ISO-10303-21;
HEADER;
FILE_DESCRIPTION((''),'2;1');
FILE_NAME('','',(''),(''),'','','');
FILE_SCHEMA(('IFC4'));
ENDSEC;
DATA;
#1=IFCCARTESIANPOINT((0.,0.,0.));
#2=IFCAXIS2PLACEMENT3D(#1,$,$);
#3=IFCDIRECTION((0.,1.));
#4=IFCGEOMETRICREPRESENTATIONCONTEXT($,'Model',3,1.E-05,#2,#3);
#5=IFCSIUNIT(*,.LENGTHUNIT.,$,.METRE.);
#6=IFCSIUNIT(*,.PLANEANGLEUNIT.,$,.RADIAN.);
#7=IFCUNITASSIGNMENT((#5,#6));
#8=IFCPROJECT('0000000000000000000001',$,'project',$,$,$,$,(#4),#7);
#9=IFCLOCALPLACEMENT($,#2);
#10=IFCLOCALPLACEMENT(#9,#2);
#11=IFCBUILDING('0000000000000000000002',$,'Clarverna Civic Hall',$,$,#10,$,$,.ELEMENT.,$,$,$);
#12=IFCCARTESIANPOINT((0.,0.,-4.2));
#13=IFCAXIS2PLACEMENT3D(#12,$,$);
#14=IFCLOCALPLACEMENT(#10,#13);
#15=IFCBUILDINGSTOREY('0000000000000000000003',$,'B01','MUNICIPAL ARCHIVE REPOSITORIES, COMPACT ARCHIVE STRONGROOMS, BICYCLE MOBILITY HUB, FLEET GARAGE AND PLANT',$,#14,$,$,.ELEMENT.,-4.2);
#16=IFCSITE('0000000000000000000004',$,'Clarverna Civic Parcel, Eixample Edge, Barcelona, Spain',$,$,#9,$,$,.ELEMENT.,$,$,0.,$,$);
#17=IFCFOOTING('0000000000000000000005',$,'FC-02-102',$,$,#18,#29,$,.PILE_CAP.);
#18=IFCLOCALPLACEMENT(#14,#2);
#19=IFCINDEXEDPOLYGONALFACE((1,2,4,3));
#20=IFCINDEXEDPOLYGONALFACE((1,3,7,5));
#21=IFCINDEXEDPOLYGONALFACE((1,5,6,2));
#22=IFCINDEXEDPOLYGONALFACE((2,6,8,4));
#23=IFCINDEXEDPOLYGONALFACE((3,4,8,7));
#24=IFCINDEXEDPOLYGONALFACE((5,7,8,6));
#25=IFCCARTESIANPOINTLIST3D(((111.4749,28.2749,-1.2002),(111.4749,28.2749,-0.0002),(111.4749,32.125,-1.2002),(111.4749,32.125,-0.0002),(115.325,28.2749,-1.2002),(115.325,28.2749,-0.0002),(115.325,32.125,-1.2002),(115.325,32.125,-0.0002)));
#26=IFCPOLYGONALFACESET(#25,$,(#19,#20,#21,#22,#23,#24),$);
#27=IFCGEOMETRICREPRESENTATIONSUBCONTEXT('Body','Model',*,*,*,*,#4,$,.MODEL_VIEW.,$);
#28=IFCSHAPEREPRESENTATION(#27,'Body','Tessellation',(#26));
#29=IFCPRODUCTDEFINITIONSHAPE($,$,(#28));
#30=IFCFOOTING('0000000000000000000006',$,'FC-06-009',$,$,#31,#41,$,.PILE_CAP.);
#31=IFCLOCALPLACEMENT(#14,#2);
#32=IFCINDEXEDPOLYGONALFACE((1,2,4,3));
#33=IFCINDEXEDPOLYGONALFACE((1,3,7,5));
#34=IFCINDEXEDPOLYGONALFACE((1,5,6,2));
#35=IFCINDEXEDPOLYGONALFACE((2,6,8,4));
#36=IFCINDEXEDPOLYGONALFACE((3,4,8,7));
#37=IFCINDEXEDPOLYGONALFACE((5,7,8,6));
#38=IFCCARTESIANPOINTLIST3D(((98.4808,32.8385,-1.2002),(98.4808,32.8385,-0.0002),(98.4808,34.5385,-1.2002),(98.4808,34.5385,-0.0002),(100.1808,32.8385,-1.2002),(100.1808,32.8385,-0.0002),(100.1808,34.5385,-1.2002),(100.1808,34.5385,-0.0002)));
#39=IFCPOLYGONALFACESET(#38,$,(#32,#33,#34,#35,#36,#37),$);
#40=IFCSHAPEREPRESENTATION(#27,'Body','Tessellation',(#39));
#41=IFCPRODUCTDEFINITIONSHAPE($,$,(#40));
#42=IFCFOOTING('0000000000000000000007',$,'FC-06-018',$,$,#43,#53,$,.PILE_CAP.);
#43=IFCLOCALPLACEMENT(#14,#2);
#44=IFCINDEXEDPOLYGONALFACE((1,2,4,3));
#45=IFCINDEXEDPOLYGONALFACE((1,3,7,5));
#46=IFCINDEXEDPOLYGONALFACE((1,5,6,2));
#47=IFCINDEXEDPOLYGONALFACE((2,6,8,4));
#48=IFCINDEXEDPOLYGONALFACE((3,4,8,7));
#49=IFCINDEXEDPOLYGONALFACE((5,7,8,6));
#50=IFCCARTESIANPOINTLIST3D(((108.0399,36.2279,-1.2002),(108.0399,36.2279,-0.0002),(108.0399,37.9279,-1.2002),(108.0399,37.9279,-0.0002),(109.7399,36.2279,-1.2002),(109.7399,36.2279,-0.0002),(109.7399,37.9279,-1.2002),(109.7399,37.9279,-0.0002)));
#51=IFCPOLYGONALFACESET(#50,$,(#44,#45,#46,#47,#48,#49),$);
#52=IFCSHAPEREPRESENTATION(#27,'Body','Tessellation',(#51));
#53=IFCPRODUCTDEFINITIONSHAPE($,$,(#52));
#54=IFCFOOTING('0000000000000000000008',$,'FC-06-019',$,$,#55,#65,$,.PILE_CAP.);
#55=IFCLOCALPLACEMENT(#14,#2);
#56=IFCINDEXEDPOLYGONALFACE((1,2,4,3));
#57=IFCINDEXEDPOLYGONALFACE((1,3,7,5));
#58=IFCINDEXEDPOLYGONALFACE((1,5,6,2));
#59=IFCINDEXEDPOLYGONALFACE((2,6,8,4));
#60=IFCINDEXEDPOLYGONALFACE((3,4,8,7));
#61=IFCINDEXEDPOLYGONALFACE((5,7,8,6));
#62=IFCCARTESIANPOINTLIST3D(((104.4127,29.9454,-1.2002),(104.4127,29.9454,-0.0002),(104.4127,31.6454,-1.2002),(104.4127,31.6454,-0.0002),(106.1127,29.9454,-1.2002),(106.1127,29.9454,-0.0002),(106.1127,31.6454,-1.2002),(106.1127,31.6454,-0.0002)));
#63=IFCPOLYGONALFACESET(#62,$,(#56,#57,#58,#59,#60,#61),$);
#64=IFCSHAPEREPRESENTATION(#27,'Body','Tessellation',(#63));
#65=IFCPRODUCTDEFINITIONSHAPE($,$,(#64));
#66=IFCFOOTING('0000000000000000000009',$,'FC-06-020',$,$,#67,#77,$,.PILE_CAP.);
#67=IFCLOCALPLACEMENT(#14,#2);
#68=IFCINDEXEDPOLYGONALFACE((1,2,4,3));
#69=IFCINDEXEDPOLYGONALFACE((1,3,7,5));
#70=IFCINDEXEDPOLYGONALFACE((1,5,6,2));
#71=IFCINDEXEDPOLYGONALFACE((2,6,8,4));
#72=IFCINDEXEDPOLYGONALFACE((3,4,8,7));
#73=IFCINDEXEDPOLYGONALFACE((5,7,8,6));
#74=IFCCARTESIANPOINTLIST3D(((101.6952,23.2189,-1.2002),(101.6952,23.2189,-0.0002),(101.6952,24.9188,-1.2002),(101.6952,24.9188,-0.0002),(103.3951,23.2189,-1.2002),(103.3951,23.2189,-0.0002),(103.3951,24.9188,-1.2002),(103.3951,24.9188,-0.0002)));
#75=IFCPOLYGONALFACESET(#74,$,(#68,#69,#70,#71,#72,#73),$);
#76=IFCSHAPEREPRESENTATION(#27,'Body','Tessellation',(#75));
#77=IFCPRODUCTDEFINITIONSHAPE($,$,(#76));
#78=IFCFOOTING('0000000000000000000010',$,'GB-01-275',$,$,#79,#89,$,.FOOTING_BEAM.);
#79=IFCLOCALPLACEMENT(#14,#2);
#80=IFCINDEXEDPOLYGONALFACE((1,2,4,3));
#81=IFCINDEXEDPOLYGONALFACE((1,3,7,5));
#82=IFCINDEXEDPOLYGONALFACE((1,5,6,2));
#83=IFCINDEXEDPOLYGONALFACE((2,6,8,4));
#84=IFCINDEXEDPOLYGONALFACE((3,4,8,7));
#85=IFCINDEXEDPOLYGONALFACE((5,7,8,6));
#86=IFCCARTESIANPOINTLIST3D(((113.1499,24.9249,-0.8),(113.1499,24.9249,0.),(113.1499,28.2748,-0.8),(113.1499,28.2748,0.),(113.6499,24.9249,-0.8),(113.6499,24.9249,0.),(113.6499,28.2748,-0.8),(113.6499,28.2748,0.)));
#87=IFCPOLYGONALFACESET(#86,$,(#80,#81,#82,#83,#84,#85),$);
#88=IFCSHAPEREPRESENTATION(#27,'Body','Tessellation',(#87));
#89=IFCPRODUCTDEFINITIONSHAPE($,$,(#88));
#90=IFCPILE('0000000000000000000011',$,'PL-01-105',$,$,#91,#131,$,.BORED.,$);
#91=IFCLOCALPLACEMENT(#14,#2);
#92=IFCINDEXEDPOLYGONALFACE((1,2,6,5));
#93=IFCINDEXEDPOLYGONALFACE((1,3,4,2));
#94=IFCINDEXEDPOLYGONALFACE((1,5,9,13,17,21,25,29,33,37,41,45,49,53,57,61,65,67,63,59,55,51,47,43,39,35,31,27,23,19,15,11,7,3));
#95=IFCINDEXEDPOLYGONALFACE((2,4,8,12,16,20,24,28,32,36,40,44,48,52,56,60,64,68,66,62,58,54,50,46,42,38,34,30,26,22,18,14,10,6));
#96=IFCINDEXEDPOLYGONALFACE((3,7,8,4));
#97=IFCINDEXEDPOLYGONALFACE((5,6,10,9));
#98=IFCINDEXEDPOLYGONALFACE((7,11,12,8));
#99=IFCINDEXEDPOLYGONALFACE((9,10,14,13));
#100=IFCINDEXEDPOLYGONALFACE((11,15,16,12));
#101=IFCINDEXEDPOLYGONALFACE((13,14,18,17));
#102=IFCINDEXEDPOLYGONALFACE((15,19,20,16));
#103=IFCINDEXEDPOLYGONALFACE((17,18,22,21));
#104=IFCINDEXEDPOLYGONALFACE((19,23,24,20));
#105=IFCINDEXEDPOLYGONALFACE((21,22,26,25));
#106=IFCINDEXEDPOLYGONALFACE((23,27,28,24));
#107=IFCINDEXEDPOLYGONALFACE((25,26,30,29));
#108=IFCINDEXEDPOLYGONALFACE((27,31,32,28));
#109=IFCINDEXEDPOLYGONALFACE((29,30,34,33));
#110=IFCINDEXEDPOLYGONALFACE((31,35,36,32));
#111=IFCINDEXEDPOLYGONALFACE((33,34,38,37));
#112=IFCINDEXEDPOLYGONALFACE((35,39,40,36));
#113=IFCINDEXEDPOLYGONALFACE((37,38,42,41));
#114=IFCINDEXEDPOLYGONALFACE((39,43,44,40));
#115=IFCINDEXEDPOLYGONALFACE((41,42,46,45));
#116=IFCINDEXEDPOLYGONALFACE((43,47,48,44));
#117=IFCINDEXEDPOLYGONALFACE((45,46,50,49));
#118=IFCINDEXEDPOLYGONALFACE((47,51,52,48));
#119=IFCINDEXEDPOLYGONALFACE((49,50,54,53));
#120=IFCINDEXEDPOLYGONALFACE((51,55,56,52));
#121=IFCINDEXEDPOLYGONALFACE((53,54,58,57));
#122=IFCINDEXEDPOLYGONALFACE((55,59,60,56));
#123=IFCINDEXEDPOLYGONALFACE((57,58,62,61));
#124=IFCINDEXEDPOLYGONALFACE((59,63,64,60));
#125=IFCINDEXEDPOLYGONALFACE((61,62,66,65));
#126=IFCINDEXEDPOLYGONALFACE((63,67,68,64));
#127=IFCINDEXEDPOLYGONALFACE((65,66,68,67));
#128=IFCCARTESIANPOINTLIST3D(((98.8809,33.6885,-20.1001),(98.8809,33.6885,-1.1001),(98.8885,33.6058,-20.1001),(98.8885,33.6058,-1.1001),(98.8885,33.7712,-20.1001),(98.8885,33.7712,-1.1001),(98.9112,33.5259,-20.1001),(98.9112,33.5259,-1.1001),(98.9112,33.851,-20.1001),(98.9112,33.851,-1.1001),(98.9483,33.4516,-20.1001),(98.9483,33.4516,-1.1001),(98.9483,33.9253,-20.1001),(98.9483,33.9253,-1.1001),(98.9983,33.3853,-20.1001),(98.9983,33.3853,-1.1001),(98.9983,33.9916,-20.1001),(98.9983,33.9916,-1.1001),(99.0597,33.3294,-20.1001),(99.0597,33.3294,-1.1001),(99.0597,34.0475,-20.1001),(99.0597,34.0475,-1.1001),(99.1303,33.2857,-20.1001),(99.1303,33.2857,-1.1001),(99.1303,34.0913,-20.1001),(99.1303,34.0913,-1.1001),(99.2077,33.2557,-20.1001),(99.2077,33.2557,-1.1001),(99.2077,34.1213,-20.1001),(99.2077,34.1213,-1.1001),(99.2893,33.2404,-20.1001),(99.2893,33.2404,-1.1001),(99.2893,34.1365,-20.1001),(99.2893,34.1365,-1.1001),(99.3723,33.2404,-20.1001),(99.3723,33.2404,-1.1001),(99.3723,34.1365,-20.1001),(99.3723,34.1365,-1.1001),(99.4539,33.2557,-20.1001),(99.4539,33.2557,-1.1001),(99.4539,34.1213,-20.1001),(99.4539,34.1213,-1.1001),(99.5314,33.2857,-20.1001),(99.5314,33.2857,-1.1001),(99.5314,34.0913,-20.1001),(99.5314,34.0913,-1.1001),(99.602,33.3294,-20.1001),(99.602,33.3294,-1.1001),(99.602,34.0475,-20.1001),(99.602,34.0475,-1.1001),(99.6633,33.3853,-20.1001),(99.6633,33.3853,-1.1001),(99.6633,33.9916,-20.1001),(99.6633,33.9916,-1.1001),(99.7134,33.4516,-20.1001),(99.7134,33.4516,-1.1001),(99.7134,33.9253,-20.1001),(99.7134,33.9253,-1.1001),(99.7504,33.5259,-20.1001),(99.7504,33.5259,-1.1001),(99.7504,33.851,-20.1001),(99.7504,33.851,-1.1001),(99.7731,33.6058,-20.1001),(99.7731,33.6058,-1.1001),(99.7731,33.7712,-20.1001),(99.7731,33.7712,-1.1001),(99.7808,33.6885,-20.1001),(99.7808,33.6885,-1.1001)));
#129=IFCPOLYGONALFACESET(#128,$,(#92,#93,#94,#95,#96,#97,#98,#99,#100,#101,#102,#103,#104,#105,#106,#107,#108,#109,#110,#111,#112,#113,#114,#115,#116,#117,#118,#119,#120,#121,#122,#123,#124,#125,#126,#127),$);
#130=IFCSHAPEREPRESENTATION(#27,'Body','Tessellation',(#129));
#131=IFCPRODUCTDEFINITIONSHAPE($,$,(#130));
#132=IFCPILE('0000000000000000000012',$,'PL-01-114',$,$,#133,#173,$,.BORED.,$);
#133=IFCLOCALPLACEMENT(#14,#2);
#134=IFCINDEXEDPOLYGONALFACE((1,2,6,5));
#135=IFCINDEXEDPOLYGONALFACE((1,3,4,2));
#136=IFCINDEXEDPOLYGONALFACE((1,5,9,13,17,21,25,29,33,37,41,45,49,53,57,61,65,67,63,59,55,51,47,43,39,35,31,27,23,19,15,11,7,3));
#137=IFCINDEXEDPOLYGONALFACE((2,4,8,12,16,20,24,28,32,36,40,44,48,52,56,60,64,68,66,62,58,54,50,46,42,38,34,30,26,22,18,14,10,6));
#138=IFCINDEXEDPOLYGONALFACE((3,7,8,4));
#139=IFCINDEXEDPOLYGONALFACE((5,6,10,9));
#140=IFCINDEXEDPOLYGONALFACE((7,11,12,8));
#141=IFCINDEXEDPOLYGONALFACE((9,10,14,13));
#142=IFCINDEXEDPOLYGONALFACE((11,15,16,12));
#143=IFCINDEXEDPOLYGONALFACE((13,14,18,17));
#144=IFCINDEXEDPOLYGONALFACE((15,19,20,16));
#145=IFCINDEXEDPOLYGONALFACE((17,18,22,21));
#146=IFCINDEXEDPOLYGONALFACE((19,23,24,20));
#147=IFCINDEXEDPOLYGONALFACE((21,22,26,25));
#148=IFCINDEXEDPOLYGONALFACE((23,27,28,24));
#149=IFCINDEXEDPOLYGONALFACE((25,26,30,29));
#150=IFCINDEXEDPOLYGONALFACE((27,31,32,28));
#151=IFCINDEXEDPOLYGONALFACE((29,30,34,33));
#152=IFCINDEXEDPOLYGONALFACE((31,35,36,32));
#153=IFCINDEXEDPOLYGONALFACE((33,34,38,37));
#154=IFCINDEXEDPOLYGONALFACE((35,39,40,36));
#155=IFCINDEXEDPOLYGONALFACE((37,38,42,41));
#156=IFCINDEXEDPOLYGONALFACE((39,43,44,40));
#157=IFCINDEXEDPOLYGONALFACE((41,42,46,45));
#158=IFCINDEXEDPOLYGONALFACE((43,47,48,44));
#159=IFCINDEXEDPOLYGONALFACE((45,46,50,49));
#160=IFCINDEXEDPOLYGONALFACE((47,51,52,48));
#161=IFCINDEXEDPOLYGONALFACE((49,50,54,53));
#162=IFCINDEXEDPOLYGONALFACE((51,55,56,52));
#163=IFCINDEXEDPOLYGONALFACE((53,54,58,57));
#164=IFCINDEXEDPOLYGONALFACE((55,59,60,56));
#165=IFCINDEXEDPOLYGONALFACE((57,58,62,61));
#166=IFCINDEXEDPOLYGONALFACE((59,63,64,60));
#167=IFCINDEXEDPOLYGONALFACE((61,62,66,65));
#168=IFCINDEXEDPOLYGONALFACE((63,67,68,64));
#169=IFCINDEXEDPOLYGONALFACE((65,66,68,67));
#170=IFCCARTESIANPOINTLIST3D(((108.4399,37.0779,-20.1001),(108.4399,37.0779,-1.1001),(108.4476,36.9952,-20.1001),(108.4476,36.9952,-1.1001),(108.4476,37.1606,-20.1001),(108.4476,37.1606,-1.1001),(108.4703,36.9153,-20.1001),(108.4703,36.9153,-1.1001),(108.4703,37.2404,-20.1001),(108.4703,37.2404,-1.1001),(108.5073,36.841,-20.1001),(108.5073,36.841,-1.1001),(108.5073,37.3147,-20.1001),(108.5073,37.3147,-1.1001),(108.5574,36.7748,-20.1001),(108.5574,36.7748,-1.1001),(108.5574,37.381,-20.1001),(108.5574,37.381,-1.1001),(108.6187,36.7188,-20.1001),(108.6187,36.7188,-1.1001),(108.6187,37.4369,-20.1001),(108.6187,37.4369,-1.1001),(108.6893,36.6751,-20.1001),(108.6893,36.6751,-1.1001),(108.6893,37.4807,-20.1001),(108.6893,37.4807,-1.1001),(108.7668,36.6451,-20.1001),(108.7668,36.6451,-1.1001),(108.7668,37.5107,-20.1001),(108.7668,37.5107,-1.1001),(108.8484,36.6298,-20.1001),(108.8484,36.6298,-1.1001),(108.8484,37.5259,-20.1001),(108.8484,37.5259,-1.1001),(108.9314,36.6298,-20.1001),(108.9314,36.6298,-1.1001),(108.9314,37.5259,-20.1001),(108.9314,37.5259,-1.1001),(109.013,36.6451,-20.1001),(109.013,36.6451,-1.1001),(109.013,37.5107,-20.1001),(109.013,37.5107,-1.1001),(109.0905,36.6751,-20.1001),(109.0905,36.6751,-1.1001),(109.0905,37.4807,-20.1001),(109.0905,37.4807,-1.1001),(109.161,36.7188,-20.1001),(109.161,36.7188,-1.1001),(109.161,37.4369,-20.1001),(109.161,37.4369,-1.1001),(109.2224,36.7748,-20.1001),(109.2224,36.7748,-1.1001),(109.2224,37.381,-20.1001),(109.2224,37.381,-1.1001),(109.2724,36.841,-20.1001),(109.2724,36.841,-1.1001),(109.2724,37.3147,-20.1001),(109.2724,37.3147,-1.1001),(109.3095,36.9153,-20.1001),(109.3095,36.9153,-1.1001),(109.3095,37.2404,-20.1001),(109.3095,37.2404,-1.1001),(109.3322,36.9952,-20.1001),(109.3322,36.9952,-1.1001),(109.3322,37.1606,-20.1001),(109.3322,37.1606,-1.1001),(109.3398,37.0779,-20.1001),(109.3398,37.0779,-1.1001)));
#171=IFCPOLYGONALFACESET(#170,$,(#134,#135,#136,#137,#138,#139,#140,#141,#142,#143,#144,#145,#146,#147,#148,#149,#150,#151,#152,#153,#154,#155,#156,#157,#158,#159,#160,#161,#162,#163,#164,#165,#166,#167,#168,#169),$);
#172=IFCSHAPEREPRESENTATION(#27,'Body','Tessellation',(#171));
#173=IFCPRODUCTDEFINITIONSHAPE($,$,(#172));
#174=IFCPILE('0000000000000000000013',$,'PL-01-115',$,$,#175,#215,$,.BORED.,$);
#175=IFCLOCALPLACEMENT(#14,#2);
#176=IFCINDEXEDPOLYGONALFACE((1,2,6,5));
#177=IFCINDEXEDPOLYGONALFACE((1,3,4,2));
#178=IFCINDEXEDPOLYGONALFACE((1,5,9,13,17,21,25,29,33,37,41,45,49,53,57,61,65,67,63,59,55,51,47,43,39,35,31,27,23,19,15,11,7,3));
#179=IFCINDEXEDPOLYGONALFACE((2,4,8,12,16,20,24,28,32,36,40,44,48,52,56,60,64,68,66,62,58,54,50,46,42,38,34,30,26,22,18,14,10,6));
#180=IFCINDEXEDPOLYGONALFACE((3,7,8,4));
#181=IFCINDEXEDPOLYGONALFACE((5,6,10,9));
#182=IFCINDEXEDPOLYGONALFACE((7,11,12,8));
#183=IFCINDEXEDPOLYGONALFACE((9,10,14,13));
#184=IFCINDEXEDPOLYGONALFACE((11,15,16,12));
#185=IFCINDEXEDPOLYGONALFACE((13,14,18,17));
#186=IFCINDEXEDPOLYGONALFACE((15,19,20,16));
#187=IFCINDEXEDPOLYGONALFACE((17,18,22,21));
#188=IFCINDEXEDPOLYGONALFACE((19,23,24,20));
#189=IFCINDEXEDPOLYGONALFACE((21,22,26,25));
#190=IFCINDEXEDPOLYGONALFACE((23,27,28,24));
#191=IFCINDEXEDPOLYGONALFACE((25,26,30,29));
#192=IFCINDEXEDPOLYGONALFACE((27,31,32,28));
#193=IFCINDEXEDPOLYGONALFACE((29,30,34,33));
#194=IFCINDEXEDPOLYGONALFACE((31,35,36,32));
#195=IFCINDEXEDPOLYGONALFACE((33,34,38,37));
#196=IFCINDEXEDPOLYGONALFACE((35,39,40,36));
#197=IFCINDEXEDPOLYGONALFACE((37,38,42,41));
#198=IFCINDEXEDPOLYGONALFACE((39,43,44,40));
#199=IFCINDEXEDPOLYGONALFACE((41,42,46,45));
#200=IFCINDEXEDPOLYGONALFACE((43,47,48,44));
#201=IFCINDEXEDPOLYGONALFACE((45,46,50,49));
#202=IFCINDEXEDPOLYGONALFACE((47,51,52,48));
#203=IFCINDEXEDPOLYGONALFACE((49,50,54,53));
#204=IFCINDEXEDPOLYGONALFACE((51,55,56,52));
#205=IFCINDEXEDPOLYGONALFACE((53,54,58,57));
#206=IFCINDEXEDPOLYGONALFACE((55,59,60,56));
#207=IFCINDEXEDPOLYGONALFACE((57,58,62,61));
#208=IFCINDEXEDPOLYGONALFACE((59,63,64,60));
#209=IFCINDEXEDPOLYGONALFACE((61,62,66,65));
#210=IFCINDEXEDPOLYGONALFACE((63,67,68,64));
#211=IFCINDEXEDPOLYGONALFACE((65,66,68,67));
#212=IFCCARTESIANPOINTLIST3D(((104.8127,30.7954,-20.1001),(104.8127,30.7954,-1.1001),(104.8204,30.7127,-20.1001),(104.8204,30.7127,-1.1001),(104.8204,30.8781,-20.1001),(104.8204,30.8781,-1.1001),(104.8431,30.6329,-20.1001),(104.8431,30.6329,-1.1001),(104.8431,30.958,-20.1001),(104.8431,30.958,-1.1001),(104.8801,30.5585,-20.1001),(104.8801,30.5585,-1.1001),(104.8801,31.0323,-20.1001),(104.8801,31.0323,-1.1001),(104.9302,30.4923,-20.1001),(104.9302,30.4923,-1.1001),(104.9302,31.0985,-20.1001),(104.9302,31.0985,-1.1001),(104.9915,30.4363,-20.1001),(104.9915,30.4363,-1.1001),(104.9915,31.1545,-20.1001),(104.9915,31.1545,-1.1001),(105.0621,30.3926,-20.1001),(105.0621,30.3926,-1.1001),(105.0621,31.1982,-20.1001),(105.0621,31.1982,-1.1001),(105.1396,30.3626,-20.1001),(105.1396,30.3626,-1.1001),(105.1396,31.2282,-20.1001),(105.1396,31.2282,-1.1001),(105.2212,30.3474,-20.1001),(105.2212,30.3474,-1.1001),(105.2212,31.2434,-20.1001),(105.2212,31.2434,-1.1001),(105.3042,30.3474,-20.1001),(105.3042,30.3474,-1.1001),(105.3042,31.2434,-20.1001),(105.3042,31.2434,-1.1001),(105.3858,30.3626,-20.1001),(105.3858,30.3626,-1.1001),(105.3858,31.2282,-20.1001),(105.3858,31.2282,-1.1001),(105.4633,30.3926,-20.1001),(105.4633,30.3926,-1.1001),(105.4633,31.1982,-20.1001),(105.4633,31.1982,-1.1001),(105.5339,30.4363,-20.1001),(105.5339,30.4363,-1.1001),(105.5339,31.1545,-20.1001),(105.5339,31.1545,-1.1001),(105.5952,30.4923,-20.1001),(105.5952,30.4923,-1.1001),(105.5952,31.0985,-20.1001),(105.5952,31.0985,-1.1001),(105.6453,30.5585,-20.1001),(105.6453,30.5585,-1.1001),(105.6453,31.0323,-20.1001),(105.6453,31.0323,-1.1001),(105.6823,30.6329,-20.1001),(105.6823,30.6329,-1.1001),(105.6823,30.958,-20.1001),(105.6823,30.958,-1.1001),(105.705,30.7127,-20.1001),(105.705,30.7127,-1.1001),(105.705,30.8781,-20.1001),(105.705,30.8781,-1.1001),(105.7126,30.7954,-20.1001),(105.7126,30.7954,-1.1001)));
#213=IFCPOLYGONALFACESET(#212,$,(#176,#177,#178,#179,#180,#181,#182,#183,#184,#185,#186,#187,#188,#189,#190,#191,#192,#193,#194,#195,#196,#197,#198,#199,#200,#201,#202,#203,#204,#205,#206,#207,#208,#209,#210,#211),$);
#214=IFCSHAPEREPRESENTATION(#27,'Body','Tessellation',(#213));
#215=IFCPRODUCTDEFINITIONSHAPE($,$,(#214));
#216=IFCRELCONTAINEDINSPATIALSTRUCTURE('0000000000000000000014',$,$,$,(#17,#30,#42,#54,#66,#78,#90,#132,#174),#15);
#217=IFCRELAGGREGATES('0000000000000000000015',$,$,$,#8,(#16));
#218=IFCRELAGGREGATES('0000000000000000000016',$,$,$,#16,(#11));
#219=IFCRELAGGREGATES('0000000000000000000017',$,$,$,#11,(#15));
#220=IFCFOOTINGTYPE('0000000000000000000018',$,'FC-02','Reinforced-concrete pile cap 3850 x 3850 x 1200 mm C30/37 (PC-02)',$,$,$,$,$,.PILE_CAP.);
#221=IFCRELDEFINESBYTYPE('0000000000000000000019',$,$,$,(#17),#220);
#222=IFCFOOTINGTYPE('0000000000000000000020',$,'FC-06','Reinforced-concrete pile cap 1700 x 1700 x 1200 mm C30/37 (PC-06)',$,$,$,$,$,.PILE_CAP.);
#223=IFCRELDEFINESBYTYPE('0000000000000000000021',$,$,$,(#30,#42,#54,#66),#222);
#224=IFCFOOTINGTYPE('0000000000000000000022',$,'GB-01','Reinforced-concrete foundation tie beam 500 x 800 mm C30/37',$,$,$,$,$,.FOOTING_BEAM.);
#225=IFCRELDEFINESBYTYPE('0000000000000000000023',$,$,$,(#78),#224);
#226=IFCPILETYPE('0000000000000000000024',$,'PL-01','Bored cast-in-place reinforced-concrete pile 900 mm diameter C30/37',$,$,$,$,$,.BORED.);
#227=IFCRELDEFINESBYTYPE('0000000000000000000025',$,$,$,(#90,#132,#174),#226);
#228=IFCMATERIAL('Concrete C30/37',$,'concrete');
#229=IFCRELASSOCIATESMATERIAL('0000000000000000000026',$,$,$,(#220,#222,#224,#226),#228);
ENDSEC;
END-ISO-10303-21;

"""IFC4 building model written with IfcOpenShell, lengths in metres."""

from ifc_helpers import new_model, si_unit, direction, frame, frame_2d, origin, origin_2d, place, context, subcontext, project, spatial, rectangle, circle, extrude, material, material_profile, profile_set, type_object, element, save


model = new_model("IFC4")

# Units and contexts
model_context = context("Model", 3, precision=1e-05, world=origin(), true_north=direction((0.0, 1.0)))
body_context = subcontext(model_context, "Body", "Model", "MODEL_VIEW")
ifc_project = project(units=[si_unit("LENGTHUNIT", "METRE"), si_unit("PLANEANGLEUNIT", "RADIAN")], contexts=[model_context])

# Site, building, storey
site_placement = place(None, origin())
site = spatial("IfcSite", under=ifc_project, at=site_placement, Name="Clarverna Civic Parcel, Eixample Edge, Barcelona, Spain", CompositionType="ELEMENT", RefElevation=0.0)
building_placement = place(site_placement, origin())
building = spatial("IfcBuilding", under=site, at=building_placement, Name="Clarverna Civic Hall", CompositionType="ELEMENT")
storey_placement = place(building_placement, frame((0.0, 0.0, -4.2)))
storey = spatial("IfcBuildingStorey", under=building, at=storey_placement, Name="B01", Description="MUNICIPAL ARCHIVE REPOSITORIES, COMPACT ARCHIVE STRONGROOMS, BICYCLE MOBILITY HUB, FLEET GARAGE AND PLANT", CompositionType="ELEMENT", Elevation=-4.2)

# Footings
ifc_material_1 = material(Name="Concrete C30/37", Category="concrete")
footing_type_1 = type_object("IfcFootingType", Name="FC-02", Description="Reinforced-concrete pile cap 3850 x 3850 x 1200 mm C30/37 (PC-02)", PredefinedType="PILE_CAP", material=ifc_material_1)
footing_1_placement = place(storey_placement, frame((113.3999, 30.2, -1.2002), z_axis=(0.0, 0.0, 1.0), x_axis=(1.0, 0.0, 0.0)))
element("IfcFooting", 1, at=footing_1_placement, inside=storey, type_object=footing_type_1, Name="FC-02-102", PredefinedType="PILE_CAP", context=body_context, shape_type="SweptSolid", body=[
    extrude(rectangle(XDim=3.8501, YDim=3.8501, at=origin_2d()), origin(), (0.0, 0.0, 1.0), 1.2),
])
footing_type_2 = type_object("IfcFootingType", Name="FC-06", Description="Reinforced-concrete pile cap 1700 x 1700 x 1200 mm C30/37 (PC-06)", PredefinedType="PILE_CAP", material=ifc_material_1)
for number, where, z_axis, x_axis, name in (
    (2, (99.3308, 33.6885, -1.2002), (0.0, 0.0, 1.0), (1.0, 0.0, 0.0), "FC-06-009"),
    (3, (108.8899, 37.0779, -1.2002), (0.0, 0.0, 1.0), (1.0, 0.0, 0.0), "FC-06-018"),
    (4, (105.2627, 30.7954, -1.2002), (0.0, 0.0, 1.0), (1.0, 0.0, 0.0), "FC-06-019"),
    (5, (102.5452, 24.0688, -1.2002), (0.0, 0.0, 1.0), (1.0, 0.0, 0.0), "FC-06-020"),
):
    element("IfcFooting", number, at=place(storey_placement, frame(where, z_axis=z_axis, x_axis=x_axis)), inside=storey, type_object=footing_type_2, Name=name, PredefinedType="PILE_CAP", context=body_context, shape_type="SweptSolid", body=[
        extrude(rectangle(XDim=1.7, YDim=1.7, at=origin_2d()), origin(), (0.0, 0.0, 1.0), 1.2),
    ])
footing_type_3 = type_object("IfcFootingType", Name="GB-01", Description="Reinforced-concrete foundation tie beam 500 x 800 mm C30/37", PredefinedType="FOOTING_BEAM", material=ifc_material_1)
footing_2_placement = place(storey_placement, frame((113.3999, 24.925, -0.8), z_axis=(0.0, 0.0, 1.0), x_axis=(0.0, 1.0, 0.0)))
element("IfcFooting", 6, at=footing_2_placement, inside=storey, type_object=footing_type_3, Name="GB-01-275", PredefinedType="FOOTING_BEAM", context=body_context, shape_type="SweptSolid", body=[
    extrude(rectangle(XDim=3.3499, YDim=0.5, at=frame_2d((1.6748, 0.0))), origin(), (0.0, 0.0, 1.0), 0.8),
])

# Piles
ifc_material_profile_1 = material_profile(ifc_material_1, circle(Radius=0.45, at=origin_2d()), Name="BORED PILE D900")
ifc_profile_set_1 = profile_set([ifc_material_profile_1], Name="Concrete C30/37")
pile_type = type_object("IfcPileType", Name="PL-01", Description="Bored cast-in-place reinforced-concrete pile 900 mm diameter C30/37", PredefinedType="BORED", material=ifc_profile_set_1)
for number, where, z_axis, x_axis, name in (
    (7, (99.3308, 33.6885, -1.1001), (0.0, 0.0, -1.0), (1.0, 0.0, 0.0), "PL-01-105"),
    (8, (108.8899, 37.0779, -1.1001), (0.0, 0.0, -1.0), (1.0, 0.0, 0.0), "PL-01-114"),
    (9, (105.2627, 30.7954, -1.1001), (0.0, 0.0, -1.0), (1.0, 0.0, 0.0), "PL-01-115"),
):
    element("IfcPile", number, at=place(storey_placement, frame(where, z_axis=z_axis, x_axis=x_axis)), inside=storey, type_object=pile_type, Name=name, PredefinedType="BORED", context=body_context, shape_type="SweptSolid", body=[
        extrude(circle(Radius=0.45, at=origin_2d()), origin(), (0.0, 0.0, 1.0), 19.0),
    ])

save(model, "model.ifc")
